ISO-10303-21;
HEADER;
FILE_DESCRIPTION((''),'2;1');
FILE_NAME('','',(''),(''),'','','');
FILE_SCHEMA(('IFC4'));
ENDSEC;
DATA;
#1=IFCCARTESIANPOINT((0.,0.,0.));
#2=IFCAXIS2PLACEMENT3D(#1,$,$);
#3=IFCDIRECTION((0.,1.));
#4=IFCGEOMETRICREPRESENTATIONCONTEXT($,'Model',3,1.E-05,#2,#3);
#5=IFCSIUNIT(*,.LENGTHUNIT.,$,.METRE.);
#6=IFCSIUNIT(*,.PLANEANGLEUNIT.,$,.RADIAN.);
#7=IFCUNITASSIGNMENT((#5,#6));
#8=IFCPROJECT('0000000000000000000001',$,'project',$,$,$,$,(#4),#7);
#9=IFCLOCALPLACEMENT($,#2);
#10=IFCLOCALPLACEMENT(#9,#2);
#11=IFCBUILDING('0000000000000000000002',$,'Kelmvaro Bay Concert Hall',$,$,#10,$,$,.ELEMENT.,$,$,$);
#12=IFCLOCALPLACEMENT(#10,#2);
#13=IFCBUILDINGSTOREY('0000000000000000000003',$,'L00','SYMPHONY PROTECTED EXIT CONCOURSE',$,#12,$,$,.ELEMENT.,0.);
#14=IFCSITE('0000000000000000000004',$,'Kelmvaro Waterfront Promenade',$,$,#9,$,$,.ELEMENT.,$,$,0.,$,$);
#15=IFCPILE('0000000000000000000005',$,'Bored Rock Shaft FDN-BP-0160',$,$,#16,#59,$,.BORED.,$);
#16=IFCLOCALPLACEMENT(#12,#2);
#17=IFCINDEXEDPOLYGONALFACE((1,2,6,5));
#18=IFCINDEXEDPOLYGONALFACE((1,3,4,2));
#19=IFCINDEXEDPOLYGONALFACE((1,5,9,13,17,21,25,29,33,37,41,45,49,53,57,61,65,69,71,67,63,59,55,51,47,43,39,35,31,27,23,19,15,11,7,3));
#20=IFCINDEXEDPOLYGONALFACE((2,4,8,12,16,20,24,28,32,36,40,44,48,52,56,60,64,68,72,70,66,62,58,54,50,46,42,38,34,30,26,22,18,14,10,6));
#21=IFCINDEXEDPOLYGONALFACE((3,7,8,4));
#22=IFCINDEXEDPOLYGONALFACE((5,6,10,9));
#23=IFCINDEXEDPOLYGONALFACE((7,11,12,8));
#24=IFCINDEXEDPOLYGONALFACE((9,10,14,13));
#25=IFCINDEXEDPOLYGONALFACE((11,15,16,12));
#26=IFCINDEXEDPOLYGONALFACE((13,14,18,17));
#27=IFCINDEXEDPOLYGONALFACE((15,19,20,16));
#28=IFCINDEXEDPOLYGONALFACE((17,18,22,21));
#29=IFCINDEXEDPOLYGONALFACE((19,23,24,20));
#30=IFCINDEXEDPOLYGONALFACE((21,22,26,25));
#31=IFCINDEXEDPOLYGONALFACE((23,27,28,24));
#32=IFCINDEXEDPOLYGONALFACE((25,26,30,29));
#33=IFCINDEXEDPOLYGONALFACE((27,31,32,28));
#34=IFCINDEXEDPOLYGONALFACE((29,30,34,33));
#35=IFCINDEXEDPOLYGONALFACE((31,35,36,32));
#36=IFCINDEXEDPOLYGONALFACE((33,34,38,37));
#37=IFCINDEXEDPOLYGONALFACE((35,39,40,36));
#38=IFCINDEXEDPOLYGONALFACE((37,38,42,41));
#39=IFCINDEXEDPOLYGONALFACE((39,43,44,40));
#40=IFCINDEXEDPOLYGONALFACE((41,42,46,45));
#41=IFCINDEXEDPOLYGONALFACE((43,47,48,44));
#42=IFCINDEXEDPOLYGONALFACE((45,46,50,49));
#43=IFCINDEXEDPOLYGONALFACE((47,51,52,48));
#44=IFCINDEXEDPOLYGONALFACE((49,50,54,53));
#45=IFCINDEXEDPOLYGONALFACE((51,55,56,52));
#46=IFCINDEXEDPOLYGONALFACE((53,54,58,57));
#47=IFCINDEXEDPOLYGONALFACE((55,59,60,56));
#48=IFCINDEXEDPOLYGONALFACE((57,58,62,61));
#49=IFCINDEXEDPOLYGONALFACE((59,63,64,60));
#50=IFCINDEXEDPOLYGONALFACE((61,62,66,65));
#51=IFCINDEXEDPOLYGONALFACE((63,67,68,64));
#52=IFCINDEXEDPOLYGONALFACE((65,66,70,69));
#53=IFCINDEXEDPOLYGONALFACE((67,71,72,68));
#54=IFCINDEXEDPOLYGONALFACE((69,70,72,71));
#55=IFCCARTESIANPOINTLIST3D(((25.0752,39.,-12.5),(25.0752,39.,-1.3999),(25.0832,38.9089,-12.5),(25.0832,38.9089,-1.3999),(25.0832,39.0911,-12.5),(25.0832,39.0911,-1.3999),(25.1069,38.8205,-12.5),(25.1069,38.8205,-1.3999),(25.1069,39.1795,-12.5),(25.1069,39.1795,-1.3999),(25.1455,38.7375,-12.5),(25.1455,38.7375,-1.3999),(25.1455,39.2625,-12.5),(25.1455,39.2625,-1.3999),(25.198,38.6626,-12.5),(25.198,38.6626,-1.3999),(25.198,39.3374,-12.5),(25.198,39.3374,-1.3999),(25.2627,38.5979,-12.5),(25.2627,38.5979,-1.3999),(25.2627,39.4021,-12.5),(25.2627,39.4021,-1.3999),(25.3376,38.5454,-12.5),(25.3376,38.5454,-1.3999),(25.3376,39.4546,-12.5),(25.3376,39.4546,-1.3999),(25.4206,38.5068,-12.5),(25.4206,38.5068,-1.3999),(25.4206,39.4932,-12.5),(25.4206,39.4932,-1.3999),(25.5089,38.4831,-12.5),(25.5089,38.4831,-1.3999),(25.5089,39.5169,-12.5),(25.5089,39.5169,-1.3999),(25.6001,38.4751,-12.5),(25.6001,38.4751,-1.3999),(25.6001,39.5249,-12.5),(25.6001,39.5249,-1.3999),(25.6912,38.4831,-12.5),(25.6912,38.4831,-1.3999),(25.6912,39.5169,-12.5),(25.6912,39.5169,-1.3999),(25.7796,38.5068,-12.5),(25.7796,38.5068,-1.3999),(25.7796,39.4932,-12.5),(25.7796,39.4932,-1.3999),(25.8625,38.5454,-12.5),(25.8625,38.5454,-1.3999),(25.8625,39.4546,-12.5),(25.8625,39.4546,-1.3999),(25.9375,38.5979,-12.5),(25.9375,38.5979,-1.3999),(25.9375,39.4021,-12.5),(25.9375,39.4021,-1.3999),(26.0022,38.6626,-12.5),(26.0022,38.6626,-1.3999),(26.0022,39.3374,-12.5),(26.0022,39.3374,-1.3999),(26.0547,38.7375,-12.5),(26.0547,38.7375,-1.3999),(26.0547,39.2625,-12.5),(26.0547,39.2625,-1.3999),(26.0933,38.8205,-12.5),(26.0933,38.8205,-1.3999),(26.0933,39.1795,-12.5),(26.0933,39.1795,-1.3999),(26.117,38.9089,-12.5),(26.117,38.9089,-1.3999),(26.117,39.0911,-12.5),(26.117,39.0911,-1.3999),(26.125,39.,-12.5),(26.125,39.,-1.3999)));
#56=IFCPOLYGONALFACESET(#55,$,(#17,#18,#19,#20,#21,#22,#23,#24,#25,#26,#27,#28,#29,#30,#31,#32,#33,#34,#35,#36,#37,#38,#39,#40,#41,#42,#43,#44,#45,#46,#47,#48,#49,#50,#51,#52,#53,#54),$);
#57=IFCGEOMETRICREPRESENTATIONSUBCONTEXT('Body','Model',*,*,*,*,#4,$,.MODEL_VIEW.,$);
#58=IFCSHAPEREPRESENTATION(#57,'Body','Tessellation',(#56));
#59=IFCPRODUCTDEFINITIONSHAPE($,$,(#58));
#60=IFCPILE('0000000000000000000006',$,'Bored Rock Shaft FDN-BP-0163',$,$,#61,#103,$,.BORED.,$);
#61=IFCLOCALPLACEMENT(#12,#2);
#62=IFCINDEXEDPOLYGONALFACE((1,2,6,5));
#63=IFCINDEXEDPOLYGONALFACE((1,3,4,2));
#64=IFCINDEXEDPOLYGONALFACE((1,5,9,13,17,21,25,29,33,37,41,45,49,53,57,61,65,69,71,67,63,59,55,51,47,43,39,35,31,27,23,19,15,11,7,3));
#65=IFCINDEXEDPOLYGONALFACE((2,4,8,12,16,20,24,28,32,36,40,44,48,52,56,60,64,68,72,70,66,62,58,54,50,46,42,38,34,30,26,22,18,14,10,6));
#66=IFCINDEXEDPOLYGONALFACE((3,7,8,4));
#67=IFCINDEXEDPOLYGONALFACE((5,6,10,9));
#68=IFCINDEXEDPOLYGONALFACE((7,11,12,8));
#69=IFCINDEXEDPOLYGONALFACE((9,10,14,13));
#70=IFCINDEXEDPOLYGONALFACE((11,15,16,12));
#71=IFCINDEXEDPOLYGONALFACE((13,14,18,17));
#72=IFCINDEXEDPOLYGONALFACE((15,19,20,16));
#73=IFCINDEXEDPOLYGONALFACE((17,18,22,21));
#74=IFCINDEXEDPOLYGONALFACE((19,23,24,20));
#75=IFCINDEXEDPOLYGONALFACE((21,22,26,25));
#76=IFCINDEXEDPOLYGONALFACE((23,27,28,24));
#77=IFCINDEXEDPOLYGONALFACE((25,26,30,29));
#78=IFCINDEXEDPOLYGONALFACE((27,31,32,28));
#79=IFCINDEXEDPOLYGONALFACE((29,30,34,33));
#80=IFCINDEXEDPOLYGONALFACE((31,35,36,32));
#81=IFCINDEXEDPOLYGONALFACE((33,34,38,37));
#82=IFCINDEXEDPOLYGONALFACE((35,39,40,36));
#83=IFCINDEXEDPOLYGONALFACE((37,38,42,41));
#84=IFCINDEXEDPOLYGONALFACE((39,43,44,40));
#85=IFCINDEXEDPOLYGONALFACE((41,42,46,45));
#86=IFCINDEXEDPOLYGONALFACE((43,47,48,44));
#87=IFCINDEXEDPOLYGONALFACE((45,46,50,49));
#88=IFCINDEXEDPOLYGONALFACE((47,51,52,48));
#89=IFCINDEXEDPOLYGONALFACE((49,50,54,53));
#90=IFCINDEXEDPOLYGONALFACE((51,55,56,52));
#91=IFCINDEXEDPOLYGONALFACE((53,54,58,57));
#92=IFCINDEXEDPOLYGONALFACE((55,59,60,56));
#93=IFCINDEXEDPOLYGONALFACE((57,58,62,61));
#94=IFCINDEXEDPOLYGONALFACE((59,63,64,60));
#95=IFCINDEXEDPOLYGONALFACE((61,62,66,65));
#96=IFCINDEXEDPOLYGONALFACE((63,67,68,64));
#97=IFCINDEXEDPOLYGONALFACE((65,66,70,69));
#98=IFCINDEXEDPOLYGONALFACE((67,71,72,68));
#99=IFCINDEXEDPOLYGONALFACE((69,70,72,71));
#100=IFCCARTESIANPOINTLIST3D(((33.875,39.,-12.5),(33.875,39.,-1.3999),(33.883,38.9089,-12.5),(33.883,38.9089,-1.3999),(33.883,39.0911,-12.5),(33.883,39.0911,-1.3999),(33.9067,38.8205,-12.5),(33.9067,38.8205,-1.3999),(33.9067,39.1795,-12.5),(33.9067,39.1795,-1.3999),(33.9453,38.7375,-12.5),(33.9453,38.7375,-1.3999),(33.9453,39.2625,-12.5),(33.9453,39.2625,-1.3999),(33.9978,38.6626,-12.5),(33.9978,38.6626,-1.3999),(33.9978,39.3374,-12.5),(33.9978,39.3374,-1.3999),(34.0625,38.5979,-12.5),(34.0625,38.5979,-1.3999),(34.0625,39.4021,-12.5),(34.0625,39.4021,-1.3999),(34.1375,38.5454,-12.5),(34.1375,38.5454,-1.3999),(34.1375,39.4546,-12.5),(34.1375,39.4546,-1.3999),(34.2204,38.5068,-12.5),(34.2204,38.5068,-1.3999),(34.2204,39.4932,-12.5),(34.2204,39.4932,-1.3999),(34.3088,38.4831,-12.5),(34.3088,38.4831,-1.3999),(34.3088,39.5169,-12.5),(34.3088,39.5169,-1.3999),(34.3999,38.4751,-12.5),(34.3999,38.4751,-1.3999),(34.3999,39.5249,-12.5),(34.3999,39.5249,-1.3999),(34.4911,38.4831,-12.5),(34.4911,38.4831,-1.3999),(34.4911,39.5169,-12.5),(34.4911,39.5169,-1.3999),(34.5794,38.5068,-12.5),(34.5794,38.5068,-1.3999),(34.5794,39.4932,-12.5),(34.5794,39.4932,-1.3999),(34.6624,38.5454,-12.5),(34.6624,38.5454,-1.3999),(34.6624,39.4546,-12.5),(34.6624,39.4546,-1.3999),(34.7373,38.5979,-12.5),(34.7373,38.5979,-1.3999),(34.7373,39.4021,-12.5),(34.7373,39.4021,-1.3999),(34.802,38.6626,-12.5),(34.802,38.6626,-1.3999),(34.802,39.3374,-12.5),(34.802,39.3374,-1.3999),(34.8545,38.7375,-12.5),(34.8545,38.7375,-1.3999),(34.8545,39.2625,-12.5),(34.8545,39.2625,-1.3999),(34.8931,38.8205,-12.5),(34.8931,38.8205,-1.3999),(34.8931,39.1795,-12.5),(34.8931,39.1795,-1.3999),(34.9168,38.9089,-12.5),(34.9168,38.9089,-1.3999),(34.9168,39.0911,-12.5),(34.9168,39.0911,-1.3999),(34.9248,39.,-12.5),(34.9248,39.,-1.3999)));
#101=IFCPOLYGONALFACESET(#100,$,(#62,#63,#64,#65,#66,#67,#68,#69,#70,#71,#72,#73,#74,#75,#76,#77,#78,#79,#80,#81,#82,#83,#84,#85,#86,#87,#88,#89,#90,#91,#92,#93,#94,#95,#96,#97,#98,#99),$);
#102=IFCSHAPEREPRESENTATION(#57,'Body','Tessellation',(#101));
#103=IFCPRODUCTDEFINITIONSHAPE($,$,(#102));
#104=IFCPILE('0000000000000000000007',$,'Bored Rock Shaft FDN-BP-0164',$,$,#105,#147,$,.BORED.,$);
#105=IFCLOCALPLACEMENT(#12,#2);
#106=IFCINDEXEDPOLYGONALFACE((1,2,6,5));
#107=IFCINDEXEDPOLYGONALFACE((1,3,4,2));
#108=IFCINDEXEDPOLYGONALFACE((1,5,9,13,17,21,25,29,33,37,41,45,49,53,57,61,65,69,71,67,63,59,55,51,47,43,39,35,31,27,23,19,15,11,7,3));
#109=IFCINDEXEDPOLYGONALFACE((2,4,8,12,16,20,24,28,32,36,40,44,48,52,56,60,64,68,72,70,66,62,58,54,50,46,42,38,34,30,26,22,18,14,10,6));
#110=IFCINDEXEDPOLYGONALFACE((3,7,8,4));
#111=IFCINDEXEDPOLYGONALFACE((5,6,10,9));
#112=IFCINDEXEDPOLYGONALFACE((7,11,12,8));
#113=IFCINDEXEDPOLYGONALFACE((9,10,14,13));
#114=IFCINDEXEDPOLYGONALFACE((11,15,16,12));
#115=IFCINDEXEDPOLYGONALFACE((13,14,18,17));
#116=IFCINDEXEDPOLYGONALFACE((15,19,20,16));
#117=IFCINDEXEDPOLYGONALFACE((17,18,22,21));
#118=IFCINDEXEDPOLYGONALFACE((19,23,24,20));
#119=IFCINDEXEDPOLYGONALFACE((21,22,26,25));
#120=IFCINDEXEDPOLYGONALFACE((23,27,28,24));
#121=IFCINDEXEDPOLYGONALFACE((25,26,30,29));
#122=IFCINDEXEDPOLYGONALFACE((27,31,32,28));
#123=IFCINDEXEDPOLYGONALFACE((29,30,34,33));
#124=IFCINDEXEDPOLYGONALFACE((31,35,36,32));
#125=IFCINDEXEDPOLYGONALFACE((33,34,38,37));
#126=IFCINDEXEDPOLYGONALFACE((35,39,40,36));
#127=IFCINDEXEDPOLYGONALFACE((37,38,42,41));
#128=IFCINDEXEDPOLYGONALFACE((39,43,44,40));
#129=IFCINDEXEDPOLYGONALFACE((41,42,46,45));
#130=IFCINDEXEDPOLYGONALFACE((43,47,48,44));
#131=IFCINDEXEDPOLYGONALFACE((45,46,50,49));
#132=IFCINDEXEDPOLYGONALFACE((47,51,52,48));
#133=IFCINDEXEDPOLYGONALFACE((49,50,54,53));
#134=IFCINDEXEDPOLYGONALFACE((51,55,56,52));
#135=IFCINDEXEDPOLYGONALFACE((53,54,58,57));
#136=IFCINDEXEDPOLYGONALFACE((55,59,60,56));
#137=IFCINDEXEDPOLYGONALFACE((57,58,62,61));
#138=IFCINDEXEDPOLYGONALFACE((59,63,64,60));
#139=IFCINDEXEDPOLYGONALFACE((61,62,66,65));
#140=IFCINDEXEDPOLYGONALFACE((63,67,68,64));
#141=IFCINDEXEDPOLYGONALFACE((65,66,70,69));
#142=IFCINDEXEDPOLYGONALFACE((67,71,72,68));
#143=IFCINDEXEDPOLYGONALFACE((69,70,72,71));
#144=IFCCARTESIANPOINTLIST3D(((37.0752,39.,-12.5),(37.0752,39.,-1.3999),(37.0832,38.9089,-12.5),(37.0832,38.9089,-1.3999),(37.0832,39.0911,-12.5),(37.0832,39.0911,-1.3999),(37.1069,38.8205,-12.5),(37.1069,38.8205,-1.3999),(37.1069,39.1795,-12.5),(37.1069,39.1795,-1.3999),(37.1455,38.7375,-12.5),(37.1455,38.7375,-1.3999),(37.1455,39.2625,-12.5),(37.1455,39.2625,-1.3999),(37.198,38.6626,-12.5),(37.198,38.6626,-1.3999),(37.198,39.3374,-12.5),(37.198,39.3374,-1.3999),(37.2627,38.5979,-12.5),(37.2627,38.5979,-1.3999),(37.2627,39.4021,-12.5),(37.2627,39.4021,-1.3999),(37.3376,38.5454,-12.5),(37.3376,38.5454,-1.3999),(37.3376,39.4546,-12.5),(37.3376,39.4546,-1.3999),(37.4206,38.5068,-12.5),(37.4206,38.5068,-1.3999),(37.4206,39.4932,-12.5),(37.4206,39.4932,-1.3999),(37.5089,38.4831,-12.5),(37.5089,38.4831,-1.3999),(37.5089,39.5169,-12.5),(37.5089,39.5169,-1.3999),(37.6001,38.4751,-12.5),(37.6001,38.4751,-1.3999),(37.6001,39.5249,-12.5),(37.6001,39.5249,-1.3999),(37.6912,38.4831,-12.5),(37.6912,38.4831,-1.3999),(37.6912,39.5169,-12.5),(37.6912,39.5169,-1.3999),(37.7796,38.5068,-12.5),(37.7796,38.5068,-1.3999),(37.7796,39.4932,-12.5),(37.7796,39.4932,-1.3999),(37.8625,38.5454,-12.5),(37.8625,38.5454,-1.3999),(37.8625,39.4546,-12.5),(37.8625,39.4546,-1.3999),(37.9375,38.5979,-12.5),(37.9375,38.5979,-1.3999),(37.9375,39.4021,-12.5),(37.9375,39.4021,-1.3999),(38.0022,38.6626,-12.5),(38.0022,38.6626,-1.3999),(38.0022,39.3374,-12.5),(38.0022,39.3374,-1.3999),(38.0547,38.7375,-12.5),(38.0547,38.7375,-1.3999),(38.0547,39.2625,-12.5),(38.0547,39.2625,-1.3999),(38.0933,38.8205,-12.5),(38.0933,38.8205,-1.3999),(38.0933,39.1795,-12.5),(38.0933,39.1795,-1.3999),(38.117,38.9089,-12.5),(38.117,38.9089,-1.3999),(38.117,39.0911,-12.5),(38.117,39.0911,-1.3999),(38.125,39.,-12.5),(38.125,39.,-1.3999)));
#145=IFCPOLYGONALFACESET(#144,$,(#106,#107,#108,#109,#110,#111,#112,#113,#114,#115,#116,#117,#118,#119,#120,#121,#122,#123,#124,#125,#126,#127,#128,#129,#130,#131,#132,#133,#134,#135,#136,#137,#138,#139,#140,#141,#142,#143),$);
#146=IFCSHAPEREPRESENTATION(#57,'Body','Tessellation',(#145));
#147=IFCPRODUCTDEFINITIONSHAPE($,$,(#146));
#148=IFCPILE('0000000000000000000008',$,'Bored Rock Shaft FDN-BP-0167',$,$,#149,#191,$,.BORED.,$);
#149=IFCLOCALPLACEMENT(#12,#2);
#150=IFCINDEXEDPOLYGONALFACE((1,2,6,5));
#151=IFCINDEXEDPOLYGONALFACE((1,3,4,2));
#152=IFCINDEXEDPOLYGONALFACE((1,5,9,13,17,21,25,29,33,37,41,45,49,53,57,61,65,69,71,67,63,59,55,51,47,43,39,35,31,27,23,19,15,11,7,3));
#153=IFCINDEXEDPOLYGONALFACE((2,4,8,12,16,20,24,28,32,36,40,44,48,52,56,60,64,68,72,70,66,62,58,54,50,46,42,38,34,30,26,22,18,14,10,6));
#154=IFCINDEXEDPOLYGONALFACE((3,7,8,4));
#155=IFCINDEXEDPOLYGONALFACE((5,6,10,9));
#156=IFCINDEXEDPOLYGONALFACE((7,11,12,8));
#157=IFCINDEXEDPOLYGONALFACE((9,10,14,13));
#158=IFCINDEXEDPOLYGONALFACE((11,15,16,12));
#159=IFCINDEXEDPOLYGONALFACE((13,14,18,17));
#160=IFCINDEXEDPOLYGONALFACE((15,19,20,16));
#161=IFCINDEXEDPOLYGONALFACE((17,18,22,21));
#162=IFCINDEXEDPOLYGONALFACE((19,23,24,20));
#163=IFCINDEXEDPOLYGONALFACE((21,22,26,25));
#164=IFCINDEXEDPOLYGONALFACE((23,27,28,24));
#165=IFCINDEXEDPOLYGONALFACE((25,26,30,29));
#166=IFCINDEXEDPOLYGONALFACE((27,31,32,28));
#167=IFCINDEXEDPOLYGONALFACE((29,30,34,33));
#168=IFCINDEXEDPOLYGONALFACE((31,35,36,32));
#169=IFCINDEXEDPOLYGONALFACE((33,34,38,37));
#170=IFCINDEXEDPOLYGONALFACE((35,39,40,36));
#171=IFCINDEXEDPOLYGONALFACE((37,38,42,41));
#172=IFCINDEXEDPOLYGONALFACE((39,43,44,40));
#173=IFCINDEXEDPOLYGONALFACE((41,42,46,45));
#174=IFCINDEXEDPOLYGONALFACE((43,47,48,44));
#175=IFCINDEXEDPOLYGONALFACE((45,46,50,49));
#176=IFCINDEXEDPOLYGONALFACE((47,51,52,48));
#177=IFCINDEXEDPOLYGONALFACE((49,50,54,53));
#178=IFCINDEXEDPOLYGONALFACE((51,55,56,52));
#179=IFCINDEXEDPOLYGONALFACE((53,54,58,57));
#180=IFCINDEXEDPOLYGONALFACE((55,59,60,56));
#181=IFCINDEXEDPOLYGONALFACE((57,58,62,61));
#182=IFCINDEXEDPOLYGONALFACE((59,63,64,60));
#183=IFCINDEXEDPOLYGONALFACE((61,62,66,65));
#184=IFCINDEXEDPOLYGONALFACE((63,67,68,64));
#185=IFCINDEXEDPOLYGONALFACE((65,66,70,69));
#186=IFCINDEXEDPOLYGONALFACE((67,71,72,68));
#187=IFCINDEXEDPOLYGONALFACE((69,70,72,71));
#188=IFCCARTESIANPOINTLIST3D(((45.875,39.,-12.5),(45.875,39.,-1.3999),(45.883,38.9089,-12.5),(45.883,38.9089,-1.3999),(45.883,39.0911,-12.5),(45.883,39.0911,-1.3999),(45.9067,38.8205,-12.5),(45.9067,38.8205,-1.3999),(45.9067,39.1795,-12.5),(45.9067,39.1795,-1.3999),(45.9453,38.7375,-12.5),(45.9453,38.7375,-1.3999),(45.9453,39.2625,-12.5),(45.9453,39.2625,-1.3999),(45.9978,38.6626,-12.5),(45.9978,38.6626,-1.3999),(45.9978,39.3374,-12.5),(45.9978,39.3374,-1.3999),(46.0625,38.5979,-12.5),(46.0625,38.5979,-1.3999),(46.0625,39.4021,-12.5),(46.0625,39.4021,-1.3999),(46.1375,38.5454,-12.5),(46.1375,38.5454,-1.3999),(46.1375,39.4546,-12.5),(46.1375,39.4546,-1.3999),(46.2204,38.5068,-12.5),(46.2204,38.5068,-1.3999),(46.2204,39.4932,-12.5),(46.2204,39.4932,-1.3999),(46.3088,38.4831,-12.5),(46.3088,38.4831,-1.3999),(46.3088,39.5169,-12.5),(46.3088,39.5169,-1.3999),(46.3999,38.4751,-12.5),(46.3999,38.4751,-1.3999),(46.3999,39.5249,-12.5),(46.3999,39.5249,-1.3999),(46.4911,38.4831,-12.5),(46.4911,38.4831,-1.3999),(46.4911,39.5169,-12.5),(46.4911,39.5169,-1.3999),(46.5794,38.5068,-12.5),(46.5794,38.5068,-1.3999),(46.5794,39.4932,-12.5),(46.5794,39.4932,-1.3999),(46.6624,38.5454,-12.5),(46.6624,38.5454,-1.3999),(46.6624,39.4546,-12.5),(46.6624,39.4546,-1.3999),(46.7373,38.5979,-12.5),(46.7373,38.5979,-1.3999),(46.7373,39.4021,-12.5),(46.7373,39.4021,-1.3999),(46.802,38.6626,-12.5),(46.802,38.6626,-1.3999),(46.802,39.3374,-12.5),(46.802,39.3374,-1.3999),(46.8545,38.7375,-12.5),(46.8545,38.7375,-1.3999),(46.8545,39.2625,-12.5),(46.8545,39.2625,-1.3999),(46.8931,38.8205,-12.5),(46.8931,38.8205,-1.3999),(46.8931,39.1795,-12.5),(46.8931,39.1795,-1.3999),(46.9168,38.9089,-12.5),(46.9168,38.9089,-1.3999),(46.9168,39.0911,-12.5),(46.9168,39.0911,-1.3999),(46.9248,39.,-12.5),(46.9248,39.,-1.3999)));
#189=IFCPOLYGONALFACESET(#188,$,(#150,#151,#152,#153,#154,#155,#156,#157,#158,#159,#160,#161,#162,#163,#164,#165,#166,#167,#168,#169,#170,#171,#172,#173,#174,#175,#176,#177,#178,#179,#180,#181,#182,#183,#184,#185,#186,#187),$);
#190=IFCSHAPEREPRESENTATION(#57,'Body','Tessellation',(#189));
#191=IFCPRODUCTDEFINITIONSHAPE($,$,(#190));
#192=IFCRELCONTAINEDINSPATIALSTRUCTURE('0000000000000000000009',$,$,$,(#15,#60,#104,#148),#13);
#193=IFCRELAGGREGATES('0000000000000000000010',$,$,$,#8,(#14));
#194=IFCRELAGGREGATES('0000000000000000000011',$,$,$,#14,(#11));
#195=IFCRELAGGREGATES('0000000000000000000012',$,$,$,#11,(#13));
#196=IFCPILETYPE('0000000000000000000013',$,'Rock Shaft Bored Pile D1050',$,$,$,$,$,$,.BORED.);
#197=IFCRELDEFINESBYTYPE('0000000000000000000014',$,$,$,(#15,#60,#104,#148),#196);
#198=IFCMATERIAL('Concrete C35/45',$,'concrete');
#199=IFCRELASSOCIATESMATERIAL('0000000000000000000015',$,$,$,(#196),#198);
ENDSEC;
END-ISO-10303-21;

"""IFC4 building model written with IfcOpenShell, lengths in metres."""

from ifc_helpers import new_model, si_unit, direction, frame, origin, origin_2d, place, context, subcontext, project, spatial, circle, extrude, material, material_profile, profile_set, type_object, element, save


model = new_model("IFC4")

# Units and contexts
model_context = context("Model", 3, precision=1e-05, world=origin(), true_north=direction((0.0, 1.0)))
body_context = subcontext(model_context, "Body", "Model", "MODEL_VIEW")
ifc_project = project(units=[si_unit("LENGTHUNIT", "METRE"), si_unit("PLANEANGLEUNIT", "RADIAN")], contexts=[model_context])

# Site, building, storey
site_placement = place(None, origin())
site = spatial("IfcSite", under=ifc_project, at=site_placement, Name="Kelmvaro Waterfront Promenade", CompositionType="ELEMENT", RefElevation=0.0)
building_placement = place(site_placement, origin())
building = spatial("IfcBuilding", under=site, at=building_placement, Name="Kelmvaro Bay Concert Hall", CompositionType="ELEMENT")
storey_placement = place(building_placement, origin())
storey = spatial("IfcBuildingStorey", under=building, at=storey_placement, Name="L00", Description="SYMPHONY PROTECTED EXIT CONCOURSE", CompositionType="ELEMENT", Elevation=0.0)

# Piles
ifc_material_1 = material(Name="Concrete C35/45", Category="concrete")
ifc_material_profile_1 = material_profile(ifc_material_1, circle(Radius=0.5249, at=origin_2d()), Name="PILE-BORED-1050")
ifc_profile_set_1 = profile_set([ifc_material_profile_1], Name="Concrete C35/45")
pile_type_1 = type_object("IfcPileType", Name="Rock Shaft Bored Pile D1050", PredefinedType="BORED", material=ifc_profile_set_1)
for number, where, z_axis, x_axis, name in (
    (1, (25.6001, 39.0, -1.3999), (0.0, 0.0, -1.0), (1.0, 0.0, 0.0), "Bored Rock Shaft FDN-BP-0160"),
    (2, (34.3999, 39.0, -1.3999), (0.0, 0.0, -1.0), (1.0, 0.0, 0.0), "Bored Rock Shaft FDN-BP-0163"),
    (3, (37.6001, 39.0, -1.3999), (0.0, 0.0, -1.0), (1.0, 0.0, 0.0), "Bored Rock Shaft FDN-BP-0164"),
    (4, (46.3999, 39.0, -1.3999), (0.0, 0.0, -1.0), (1.0, 0.0, 0.0), "Bored Rock Shaft FDN-BP-0167"),
):
    element("IfcPile", number, at=place(storey_placement, frame(where, z_axis=z_axis, x_axis=x_axis)), inside=storey, type_object=pile_type_1, Name=name, PredefinedType="BORED", context=body_context, shape_type="SweptSolid", body=[
        extrude(circle(Radius=0.5249, at=origin_2d()), origin(), (0.0, 0.0, 1.0), 11.1001),
    ])

save(model, "model.ifc")
